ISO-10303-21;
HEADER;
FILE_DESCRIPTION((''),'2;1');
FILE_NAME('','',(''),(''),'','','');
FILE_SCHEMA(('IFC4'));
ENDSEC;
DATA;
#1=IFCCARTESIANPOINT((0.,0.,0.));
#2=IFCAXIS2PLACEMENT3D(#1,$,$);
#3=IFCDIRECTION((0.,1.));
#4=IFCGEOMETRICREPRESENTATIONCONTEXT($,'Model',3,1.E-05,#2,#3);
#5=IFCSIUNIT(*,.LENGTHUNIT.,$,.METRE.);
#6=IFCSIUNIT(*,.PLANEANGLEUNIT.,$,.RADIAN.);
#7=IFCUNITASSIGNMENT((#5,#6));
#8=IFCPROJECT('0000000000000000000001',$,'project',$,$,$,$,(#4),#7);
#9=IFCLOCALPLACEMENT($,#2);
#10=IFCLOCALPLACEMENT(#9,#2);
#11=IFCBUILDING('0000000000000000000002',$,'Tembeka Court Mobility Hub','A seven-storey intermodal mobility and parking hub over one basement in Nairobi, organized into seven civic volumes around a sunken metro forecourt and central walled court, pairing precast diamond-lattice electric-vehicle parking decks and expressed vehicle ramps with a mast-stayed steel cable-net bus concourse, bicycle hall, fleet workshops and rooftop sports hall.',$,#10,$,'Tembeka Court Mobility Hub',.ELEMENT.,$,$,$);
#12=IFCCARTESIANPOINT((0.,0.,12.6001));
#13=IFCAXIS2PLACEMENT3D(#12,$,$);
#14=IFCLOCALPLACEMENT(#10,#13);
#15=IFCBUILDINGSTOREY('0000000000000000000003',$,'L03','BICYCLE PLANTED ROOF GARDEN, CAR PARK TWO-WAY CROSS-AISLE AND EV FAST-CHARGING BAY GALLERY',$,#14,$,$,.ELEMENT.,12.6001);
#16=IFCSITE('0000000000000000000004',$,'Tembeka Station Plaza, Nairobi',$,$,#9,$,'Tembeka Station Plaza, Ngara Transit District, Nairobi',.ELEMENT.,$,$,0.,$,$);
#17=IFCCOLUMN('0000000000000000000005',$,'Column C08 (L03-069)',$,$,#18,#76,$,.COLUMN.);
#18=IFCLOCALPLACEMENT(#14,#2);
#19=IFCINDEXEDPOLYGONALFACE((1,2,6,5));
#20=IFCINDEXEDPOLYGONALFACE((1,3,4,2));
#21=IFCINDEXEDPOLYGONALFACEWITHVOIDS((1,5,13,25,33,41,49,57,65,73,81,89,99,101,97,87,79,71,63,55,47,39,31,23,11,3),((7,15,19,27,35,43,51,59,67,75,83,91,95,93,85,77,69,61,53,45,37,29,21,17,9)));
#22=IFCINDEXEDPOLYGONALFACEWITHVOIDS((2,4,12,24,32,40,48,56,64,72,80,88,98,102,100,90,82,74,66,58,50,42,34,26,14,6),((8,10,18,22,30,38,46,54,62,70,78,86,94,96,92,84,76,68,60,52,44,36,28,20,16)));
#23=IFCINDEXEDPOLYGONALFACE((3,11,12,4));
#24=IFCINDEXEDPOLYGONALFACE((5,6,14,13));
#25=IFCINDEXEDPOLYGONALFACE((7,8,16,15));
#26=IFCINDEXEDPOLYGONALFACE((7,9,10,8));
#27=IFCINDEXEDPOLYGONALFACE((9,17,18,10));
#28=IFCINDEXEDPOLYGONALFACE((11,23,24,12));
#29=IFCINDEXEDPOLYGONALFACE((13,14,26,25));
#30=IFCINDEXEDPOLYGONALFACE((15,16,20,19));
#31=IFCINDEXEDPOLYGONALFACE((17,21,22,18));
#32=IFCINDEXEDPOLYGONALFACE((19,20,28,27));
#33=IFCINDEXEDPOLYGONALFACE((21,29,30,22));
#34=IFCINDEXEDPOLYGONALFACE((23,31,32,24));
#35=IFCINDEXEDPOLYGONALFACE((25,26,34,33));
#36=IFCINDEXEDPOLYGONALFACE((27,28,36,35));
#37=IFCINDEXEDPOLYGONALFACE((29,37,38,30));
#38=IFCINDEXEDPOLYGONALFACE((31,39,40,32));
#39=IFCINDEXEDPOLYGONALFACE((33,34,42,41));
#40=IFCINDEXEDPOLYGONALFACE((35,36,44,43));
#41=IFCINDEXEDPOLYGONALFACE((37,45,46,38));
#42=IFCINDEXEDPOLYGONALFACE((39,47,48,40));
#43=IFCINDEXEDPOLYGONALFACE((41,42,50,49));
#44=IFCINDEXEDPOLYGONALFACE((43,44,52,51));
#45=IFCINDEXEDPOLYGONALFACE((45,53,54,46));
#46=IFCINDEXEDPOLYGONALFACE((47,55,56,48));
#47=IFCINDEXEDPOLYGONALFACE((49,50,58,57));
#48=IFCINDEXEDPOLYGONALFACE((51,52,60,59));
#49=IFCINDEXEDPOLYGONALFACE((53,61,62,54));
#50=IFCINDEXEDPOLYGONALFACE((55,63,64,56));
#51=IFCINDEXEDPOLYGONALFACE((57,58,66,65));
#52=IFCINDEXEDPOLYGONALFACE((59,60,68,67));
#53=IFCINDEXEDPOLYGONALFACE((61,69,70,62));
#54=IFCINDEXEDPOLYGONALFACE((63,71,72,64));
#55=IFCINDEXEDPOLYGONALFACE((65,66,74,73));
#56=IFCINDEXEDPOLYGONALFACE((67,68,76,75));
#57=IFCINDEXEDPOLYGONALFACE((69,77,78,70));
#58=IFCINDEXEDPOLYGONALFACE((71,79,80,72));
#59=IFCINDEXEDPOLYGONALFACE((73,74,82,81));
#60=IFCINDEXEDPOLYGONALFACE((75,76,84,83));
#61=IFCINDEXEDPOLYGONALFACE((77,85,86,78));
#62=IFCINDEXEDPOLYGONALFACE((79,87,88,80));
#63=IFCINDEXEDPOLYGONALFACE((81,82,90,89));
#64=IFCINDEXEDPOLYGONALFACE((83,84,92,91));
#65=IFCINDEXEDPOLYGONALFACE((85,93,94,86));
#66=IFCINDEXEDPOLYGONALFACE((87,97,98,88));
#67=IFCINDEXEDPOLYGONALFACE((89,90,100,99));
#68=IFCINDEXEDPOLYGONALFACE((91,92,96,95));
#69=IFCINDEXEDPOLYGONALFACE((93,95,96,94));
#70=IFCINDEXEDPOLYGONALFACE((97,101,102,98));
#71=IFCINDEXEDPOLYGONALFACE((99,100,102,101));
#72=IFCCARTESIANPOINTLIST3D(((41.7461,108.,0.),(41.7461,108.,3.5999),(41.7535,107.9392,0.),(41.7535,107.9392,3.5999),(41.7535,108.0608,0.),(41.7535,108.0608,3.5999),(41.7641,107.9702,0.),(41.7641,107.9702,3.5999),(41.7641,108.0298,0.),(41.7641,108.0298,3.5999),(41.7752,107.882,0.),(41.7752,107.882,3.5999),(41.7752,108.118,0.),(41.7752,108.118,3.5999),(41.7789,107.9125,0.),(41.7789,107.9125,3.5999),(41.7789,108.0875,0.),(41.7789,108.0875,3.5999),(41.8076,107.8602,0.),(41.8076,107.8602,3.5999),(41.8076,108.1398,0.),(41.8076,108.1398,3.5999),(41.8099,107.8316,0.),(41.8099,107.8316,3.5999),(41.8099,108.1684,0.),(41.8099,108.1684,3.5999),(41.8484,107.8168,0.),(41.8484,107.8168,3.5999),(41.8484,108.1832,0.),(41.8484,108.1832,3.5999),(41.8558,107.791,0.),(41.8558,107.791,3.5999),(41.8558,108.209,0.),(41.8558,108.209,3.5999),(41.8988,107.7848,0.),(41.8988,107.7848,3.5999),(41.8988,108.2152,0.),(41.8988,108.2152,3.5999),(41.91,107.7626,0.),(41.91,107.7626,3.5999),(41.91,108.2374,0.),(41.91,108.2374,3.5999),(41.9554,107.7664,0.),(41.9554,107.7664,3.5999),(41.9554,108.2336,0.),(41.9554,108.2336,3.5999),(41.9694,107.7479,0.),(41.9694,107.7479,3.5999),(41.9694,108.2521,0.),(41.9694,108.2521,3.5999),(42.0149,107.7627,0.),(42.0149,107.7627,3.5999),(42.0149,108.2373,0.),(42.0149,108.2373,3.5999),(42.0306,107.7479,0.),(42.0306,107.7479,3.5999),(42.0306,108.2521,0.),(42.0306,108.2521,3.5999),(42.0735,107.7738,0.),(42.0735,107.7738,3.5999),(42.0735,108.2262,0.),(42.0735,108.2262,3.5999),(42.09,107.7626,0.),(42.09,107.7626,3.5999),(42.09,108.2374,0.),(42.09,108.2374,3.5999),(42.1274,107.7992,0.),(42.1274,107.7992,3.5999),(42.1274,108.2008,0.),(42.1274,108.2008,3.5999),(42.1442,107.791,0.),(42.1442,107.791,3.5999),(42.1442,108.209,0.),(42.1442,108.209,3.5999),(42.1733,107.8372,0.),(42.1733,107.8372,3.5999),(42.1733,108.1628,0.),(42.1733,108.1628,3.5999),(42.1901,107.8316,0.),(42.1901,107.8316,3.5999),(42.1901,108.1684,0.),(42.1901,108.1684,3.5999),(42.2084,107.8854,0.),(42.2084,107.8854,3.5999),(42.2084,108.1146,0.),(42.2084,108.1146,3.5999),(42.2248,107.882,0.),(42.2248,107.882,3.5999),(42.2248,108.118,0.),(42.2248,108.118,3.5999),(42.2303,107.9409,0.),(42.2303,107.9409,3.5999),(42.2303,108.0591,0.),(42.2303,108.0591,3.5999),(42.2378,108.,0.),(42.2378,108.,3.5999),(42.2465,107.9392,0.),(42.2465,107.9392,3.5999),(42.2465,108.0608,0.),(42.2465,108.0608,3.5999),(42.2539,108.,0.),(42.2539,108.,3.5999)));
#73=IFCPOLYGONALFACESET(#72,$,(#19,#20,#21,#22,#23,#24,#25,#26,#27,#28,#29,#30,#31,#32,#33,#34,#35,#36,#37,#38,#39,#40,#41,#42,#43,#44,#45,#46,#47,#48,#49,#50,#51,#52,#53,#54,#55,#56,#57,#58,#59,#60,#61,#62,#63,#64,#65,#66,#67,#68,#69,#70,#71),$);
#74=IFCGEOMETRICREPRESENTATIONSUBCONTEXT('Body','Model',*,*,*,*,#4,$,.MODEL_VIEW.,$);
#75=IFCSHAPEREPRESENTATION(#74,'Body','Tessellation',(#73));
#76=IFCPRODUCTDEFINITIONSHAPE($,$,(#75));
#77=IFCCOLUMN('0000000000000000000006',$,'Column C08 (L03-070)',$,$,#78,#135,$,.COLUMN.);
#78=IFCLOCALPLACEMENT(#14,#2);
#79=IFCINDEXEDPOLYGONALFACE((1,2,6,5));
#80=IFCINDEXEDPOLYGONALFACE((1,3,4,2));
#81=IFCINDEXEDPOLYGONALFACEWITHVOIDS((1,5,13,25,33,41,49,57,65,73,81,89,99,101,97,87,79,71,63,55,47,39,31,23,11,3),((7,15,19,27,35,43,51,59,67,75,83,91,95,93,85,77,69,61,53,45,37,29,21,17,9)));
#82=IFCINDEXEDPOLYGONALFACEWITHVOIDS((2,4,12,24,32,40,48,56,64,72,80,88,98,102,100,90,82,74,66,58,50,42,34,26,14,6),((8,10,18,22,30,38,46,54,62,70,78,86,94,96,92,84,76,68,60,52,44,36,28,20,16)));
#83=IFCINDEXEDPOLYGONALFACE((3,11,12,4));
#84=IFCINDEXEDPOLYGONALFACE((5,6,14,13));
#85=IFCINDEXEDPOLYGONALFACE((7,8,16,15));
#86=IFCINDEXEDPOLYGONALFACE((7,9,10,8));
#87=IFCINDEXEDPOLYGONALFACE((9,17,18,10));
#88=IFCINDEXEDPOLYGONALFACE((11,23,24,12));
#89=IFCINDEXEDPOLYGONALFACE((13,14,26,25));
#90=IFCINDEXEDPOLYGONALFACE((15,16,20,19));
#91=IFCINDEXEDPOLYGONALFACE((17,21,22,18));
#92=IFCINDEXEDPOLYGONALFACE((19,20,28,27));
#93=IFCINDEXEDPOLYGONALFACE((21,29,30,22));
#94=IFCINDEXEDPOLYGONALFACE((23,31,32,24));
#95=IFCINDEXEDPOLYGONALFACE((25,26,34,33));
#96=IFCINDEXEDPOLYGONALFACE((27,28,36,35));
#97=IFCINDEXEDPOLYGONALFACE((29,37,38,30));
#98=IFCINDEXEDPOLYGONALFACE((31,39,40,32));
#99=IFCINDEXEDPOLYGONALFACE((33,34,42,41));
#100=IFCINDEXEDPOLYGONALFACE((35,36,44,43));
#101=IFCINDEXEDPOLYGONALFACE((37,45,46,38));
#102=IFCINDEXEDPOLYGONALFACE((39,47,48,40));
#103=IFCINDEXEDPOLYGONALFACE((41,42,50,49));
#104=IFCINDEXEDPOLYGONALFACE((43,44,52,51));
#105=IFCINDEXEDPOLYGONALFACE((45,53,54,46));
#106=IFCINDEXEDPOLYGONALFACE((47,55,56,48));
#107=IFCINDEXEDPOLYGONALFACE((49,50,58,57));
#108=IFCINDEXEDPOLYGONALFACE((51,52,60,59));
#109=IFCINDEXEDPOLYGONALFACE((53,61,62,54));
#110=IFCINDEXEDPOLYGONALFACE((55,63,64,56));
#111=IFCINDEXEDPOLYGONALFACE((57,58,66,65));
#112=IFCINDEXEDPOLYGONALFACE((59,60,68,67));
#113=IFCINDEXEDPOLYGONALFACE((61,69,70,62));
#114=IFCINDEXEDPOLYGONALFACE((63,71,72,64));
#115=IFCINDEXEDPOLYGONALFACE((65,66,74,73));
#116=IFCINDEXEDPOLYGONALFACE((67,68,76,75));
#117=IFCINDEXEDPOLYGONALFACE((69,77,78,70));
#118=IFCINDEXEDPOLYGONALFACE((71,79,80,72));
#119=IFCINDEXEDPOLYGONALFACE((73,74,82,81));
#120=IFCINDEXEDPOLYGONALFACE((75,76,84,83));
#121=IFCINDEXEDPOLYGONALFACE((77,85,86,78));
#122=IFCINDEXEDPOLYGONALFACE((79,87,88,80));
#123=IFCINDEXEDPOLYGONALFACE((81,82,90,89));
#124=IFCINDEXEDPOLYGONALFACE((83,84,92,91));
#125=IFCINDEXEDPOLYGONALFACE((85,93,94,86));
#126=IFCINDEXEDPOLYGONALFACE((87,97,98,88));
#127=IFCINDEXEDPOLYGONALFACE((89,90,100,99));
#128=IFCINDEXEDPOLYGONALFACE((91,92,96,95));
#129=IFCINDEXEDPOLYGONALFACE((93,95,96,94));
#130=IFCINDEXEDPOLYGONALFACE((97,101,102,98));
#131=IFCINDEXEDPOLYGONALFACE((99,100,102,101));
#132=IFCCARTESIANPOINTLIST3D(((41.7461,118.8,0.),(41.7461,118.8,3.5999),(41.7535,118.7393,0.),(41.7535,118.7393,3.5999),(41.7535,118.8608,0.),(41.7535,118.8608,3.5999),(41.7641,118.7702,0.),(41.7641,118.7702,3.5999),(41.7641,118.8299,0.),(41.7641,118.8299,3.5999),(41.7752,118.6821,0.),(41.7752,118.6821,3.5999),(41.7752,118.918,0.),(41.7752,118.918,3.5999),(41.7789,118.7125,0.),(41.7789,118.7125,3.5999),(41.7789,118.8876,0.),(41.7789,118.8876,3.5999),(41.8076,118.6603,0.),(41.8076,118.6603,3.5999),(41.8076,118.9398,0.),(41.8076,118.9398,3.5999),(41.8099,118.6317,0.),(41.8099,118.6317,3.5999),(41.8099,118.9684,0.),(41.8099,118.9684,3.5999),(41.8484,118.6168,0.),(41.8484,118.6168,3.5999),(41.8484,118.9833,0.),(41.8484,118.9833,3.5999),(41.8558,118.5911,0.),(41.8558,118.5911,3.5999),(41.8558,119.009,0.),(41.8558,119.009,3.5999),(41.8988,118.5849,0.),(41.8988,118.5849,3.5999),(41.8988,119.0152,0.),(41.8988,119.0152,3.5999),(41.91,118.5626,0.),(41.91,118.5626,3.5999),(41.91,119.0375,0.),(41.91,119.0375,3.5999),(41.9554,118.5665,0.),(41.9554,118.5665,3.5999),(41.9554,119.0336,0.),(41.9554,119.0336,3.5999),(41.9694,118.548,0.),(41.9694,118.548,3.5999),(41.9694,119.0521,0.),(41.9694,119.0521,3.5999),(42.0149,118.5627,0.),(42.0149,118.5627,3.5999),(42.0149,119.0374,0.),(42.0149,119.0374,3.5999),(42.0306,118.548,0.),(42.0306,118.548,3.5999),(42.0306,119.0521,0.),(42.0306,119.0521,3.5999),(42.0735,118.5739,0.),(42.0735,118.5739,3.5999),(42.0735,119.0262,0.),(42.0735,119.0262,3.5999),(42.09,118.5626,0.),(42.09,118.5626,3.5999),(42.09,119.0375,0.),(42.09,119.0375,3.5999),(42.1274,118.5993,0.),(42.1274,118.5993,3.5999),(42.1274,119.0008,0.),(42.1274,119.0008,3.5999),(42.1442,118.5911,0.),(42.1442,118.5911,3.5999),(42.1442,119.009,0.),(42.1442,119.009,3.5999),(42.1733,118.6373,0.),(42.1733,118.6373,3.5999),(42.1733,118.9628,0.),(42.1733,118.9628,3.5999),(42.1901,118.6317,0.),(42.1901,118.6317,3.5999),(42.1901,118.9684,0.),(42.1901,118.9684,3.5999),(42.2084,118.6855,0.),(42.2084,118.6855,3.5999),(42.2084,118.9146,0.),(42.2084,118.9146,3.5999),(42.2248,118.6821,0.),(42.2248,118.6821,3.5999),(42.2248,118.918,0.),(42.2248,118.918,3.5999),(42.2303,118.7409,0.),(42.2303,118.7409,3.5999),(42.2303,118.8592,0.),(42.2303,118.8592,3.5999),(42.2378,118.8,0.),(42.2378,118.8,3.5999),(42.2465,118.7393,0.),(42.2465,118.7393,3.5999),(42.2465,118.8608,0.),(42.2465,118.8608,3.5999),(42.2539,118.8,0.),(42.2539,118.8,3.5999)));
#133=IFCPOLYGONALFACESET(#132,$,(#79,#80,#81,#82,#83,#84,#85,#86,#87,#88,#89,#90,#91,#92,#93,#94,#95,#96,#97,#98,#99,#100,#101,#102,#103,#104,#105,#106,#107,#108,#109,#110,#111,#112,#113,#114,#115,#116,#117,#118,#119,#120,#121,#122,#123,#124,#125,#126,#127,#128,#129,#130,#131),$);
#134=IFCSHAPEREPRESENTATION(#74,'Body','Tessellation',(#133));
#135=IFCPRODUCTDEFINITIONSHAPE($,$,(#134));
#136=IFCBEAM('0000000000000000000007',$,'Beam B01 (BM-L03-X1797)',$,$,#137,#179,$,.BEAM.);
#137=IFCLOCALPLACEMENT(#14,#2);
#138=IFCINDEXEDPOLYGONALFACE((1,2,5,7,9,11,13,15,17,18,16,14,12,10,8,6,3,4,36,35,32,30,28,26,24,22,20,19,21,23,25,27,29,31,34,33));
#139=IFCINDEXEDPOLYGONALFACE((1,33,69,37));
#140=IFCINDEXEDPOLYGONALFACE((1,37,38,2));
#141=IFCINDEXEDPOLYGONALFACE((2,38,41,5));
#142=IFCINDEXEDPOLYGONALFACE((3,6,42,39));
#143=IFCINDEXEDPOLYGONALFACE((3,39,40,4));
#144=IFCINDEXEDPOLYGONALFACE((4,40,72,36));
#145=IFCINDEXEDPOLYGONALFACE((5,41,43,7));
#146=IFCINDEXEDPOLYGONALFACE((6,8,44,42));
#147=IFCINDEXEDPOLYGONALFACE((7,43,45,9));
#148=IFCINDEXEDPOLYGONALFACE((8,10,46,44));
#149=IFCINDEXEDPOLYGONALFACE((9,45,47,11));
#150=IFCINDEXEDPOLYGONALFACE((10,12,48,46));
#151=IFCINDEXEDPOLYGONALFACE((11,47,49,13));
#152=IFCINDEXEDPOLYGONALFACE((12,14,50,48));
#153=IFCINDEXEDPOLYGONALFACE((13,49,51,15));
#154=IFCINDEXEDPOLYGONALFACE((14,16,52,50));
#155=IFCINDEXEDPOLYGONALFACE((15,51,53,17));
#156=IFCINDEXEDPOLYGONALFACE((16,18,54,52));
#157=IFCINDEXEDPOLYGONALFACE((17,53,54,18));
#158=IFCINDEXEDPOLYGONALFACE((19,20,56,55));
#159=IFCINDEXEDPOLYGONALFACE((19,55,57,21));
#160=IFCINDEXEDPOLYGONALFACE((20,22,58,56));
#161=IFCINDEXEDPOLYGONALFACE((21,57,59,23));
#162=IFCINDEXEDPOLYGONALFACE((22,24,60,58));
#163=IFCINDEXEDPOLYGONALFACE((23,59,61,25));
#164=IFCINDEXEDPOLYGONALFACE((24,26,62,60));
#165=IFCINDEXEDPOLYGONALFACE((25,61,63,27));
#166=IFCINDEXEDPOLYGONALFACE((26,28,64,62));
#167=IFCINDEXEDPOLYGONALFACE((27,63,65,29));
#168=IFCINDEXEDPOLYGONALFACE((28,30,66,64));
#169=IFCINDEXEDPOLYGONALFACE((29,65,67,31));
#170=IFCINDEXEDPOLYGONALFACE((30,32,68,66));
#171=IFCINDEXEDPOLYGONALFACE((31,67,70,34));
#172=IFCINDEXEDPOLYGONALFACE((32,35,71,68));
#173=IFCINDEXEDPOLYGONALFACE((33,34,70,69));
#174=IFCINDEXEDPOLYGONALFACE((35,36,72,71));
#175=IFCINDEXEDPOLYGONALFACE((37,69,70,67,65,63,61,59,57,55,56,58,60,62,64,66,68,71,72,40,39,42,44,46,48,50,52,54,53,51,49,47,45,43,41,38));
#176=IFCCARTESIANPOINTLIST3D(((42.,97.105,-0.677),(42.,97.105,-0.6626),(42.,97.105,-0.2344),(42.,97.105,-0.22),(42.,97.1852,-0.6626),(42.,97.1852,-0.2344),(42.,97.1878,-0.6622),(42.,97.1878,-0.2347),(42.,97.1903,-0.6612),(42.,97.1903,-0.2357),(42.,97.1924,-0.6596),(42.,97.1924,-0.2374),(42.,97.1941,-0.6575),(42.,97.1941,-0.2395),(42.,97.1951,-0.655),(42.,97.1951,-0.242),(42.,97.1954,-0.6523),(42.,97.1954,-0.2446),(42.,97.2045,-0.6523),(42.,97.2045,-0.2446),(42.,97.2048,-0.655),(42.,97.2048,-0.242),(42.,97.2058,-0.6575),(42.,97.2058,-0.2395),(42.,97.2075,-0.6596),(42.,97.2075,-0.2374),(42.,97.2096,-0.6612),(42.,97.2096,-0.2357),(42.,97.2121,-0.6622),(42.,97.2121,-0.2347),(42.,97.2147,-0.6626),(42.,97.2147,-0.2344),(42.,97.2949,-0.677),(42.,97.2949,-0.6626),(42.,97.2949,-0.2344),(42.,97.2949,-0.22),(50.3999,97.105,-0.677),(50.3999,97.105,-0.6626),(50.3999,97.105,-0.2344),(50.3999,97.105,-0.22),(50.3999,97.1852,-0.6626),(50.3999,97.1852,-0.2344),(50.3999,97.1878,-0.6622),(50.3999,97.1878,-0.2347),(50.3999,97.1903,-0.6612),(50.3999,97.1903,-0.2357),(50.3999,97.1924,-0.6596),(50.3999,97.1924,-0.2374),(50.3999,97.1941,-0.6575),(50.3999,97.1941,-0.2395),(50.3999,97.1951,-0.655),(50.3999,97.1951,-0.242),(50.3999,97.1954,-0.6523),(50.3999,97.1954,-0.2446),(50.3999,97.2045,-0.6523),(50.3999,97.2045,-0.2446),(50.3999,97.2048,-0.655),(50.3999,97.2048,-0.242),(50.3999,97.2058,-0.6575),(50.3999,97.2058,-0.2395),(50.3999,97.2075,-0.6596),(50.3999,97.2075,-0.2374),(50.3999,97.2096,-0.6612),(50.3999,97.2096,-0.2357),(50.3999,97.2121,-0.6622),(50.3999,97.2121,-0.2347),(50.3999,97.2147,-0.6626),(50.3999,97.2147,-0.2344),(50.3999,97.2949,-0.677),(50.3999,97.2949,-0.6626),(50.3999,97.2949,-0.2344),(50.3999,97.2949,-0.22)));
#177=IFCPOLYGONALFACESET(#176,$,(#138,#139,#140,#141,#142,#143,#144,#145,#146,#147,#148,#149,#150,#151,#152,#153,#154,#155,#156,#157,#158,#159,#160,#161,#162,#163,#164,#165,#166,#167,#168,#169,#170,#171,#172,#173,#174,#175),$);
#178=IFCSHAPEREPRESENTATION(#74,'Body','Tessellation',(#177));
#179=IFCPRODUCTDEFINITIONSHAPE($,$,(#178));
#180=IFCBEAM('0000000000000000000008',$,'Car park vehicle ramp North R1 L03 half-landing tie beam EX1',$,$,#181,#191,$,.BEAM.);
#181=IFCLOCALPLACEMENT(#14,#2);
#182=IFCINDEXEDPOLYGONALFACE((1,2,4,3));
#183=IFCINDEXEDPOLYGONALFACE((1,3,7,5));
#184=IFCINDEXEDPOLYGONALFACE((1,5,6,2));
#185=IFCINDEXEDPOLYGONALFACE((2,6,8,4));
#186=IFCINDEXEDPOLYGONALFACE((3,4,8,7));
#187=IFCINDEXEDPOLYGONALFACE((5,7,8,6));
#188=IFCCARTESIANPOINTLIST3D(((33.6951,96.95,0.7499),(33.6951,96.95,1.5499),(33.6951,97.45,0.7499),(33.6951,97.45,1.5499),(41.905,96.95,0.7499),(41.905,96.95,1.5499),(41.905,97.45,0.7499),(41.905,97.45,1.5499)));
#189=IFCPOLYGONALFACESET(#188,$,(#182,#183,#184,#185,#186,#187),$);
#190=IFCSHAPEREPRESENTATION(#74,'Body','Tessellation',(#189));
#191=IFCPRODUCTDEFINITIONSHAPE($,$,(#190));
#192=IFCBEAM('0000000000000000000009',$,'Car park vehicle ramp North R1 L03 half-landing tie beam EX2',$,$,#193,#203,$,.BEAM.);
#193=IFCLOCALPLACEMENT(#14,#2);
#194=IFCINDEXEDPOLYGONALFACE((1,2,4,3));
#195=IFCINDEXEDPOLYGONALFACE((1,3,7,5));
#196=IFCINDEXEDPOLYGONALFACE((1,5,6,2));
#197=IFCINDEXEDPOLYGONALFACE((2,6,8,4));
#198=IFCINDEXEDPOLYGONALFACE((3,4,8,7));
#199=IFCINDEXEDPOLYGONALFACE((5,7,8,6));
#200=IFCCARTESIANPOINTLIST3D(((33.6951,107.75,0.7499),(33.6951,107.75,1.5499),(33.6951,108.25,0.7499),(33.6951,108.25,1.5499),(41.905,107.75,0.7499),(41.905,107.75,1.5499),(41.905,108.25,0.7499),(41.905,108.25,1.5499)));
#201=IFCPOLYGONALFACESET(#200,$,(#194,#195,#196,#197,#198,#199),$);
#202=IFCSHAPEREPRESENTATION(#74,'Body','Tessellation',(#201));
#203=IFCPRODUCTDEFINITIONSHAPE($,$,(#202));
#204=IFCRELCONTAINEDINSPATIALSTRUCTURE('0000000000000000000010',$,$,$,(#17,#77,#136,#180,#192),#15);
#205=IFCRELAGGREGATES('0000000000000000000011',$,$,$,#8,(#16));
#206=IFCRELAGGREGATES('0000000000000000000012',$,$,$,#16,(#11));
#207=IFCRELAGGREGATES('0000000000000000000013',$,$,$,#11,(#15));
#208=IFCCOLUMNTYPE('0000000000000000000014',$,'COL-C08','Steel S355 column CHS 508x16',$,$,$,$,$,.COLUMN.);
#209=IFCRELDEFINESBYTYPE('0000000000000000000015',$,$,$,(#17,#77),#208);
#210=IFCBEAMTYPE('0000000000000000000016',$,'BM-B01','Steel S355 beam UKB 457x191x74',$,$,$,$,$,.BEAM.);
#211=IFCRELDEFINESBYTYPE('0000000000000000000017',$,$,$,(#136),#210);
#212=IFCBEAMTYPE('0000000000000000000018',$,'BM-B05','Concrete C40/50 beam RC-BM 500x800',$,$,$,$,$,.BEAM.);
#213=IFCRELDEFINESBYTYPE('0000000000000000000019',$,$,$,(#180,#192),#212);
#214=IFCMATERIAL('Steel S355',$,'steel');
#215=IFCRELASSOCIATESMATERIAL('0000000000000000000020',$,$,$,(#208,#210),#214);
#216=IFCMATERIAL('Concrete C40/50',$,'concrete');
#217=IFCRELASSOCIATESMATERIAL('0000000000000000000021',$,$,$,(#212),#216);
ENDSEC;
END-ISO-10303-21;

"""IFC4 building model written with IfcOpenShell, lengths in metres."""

from ifc_helpers import new_model, si_unit, direction, frame, origin, origin_2d, place, context, subcontext, project, spatial, rectangle, hollow_circle, i_section, extrude, material, material_profile, profile_set, type_object, element, save


model = new_model("IFC4")

# Units and contexts
model_context = context("Model", 3, precision=1e-05, world=origin(), true_north=direction((0.0, 1.0)))
body_context = subcontext(model_context, "Body", "Model", "MODEL_VIEW")
ifc_project = project(units=[si_unit("LENGTHUNIT", "METRE"), si_unit("PLANEANGLEUNIT", "RADIAN")], contexts=[model_context])

# Site, building, storey
site_placement = place(None, origin())
site = spatial("IfcSite", under=ifc_project, at=site_placement, Name="Tembeka Station Plaza, Nairobi", LongName="Tembeka Station Plaza, Ngara Transit District, Nairobi", CompositionType="ELEMENT", RefElevation=0.0)
building_placement = place(site_placement, origin())
building = spatial("IfcBuilding", under=site, at=building_placement, Name="Tembeka Court Mobility Hub", Description="A seven-storey intermodal mobility and parking hub over one basement in Nairobi, organized into seven civic volumes around a sunken metro forecourt and central walled court, pairing precast diamond-lattice electric-vehicle parking decks and expressed vehicle ramps with a mast-stayed steel cable-net bus concourse, bicycle hall, fleet workshops and rooftop sports hall.", LongName="Tembeka Court Mobility Hub", CompositionType="ELEMENT")
storey_placement = place(building_placement, frame((0.0, 0.0, 12.6001)))
storey = spatial("IfcBuildingStorey", under=building, at=storey_placement, Name="L03", Description="BICYCLE PLANTED ROOF GARDEN, CAR PARK TWO-WAY CROSS-AISLE AND EV FAST-CHARGING BAY GALLERY", CompositionType="ELEMENT", Elevation=12.6001)

# Columns
ifc_material_1 = material(Name="Steel S355", Category="steel")
ifc_material_profile_1 = material_profile(ifc_material_1, hollow_circle(Radius=0.2539, WallThickness=0.0161, at=origin_2d()), Name="CHS 508x16")
ifc_profile_set_1 = profile_set([ifc_material_profile_1], Name="Steel S355")
column_type = type_object("IfcColumnType", Name="COL-C08", Description="Steel S355 column CHS 508x16", PredefinedType="COLUMN", material=ifc_profile_set_1)
for number, where, z_axis, x_axis, name in (
    (1, (42.0, 108.0, 0.0), (0.0, 0.0, 1.0), (1.0, 0.0, 0.0), "Column C08 (L03-069)"),
    (2, (42.0, 118.8, 0.0), (0.0, 0.0, 1.0), (1.0, 0.0, 0.0), "Column C08 (L03-070)"),
):
    element("IfcColumn", number, at=place(storey_placement, frame(where, z_axis=z_axis, x_axis=x_axis)), inside=storey, type_object=column_type, Name=name, PredefinedType="COLUMN", context=body_context, shape_type="SweptSolid", body=[
        extrude(hollow_circle(Radius=0.2539, WallThickness=0.0161, at=origin_2d()), origin(), (0.0, 0.0, 1.0), 3.5999),
    ])

# Beams
ifc_material_profile_2 = material_profile(ifc_material_1, i_section(OverallWidth=0.1899, OverallDepth=0.457, WebThickness=0.009, FlangeThickness=0.0144, FilletRadius=0.0103, at=origin_2d()), Name="UKB 457x191x74")
ifc_profile_set_2 = profile_set([ifc_material_profile_2], Name="Steel S355")
beam_type_1 = type_object("IfcBeamType", Name="BM-B01", Description="Steel S355 beam UKB 457x191x74", PredefinedType="BEAM", material=ifc_profile_set_2)
beam_placement = place(storey_placement, frame((42.0, 97.2, -0.4485), z_axis=(1.0, 0.0, 0.0), x_axis=(0.0, 1.0, 0.0)))
element("IfcBeam", 3, at=beam_placement, inside=storey, type_object=beam_type_1, Name="Beam B01 (BM-L03-X1797)", PredefinedType="BEAM", context=body_context, shape_type="SweptSolid", body=[
    extrude(i_section(OverallWidth=0.1899, OverallDepth=0.457, WebThickness=0.009, FlangeThickness=0.0144, FilletRadius=0.0103, at=origin_2d()), origin(), (0.0, 0.0, 1.0), 8.3999),
])
ifc_material_2 = material(Name="Concrete C40/50", Category="concrete")
ifc_material_profile_3 = material_profile(ifc_material_2, rectangle(XDim=0.5, YDim=0.8, at=origin_2d()), Name="RC-BM 500x800")
ifc_profile_set_3 = profile_set([ifc_material_profile_3], Name="Concrete C40/50")
beam_type_2 = type_object("IfcBeamType", Name="BM-B05", Description="Concrete C40/50 beam RC-BM 500x800", PredefinedType="BEAM", material=ifc_profile_set_3)
for number, where, z_axis, x_axis, name in (
    (4, (33.6951, 97.2, 1.1499), (1.0, 0.0, 0.0), (0.0, 1.0, 0.0), "Car park vehicle ramp North R1 L03 half-landing tie beam EX1"),
    (5, (33.6951, 108.0, 1.1499), (1.0, 0.0, 0.0), (0.0, 1.0, 0.0), "Car park vehicle ramp North R1 L03 half-landing tie beam EX2"),
):
    element("IfcBeam", number, at=place(storey_placement, frame(where, z_axis=z_axis, x_axis=x_axis)), inside=storey, type_object=beam_type_2, Name=name, PredefinedType="BEAM", context=body_context, shape_type="SweptSolid", body=[
        extrude(rectangle(XDim=0.5, YDim=0.8, at=origin_2d()), origin(), (0.0, 0.0, 1.0), 8.21),
    ])

save(model, "model.ifc")
